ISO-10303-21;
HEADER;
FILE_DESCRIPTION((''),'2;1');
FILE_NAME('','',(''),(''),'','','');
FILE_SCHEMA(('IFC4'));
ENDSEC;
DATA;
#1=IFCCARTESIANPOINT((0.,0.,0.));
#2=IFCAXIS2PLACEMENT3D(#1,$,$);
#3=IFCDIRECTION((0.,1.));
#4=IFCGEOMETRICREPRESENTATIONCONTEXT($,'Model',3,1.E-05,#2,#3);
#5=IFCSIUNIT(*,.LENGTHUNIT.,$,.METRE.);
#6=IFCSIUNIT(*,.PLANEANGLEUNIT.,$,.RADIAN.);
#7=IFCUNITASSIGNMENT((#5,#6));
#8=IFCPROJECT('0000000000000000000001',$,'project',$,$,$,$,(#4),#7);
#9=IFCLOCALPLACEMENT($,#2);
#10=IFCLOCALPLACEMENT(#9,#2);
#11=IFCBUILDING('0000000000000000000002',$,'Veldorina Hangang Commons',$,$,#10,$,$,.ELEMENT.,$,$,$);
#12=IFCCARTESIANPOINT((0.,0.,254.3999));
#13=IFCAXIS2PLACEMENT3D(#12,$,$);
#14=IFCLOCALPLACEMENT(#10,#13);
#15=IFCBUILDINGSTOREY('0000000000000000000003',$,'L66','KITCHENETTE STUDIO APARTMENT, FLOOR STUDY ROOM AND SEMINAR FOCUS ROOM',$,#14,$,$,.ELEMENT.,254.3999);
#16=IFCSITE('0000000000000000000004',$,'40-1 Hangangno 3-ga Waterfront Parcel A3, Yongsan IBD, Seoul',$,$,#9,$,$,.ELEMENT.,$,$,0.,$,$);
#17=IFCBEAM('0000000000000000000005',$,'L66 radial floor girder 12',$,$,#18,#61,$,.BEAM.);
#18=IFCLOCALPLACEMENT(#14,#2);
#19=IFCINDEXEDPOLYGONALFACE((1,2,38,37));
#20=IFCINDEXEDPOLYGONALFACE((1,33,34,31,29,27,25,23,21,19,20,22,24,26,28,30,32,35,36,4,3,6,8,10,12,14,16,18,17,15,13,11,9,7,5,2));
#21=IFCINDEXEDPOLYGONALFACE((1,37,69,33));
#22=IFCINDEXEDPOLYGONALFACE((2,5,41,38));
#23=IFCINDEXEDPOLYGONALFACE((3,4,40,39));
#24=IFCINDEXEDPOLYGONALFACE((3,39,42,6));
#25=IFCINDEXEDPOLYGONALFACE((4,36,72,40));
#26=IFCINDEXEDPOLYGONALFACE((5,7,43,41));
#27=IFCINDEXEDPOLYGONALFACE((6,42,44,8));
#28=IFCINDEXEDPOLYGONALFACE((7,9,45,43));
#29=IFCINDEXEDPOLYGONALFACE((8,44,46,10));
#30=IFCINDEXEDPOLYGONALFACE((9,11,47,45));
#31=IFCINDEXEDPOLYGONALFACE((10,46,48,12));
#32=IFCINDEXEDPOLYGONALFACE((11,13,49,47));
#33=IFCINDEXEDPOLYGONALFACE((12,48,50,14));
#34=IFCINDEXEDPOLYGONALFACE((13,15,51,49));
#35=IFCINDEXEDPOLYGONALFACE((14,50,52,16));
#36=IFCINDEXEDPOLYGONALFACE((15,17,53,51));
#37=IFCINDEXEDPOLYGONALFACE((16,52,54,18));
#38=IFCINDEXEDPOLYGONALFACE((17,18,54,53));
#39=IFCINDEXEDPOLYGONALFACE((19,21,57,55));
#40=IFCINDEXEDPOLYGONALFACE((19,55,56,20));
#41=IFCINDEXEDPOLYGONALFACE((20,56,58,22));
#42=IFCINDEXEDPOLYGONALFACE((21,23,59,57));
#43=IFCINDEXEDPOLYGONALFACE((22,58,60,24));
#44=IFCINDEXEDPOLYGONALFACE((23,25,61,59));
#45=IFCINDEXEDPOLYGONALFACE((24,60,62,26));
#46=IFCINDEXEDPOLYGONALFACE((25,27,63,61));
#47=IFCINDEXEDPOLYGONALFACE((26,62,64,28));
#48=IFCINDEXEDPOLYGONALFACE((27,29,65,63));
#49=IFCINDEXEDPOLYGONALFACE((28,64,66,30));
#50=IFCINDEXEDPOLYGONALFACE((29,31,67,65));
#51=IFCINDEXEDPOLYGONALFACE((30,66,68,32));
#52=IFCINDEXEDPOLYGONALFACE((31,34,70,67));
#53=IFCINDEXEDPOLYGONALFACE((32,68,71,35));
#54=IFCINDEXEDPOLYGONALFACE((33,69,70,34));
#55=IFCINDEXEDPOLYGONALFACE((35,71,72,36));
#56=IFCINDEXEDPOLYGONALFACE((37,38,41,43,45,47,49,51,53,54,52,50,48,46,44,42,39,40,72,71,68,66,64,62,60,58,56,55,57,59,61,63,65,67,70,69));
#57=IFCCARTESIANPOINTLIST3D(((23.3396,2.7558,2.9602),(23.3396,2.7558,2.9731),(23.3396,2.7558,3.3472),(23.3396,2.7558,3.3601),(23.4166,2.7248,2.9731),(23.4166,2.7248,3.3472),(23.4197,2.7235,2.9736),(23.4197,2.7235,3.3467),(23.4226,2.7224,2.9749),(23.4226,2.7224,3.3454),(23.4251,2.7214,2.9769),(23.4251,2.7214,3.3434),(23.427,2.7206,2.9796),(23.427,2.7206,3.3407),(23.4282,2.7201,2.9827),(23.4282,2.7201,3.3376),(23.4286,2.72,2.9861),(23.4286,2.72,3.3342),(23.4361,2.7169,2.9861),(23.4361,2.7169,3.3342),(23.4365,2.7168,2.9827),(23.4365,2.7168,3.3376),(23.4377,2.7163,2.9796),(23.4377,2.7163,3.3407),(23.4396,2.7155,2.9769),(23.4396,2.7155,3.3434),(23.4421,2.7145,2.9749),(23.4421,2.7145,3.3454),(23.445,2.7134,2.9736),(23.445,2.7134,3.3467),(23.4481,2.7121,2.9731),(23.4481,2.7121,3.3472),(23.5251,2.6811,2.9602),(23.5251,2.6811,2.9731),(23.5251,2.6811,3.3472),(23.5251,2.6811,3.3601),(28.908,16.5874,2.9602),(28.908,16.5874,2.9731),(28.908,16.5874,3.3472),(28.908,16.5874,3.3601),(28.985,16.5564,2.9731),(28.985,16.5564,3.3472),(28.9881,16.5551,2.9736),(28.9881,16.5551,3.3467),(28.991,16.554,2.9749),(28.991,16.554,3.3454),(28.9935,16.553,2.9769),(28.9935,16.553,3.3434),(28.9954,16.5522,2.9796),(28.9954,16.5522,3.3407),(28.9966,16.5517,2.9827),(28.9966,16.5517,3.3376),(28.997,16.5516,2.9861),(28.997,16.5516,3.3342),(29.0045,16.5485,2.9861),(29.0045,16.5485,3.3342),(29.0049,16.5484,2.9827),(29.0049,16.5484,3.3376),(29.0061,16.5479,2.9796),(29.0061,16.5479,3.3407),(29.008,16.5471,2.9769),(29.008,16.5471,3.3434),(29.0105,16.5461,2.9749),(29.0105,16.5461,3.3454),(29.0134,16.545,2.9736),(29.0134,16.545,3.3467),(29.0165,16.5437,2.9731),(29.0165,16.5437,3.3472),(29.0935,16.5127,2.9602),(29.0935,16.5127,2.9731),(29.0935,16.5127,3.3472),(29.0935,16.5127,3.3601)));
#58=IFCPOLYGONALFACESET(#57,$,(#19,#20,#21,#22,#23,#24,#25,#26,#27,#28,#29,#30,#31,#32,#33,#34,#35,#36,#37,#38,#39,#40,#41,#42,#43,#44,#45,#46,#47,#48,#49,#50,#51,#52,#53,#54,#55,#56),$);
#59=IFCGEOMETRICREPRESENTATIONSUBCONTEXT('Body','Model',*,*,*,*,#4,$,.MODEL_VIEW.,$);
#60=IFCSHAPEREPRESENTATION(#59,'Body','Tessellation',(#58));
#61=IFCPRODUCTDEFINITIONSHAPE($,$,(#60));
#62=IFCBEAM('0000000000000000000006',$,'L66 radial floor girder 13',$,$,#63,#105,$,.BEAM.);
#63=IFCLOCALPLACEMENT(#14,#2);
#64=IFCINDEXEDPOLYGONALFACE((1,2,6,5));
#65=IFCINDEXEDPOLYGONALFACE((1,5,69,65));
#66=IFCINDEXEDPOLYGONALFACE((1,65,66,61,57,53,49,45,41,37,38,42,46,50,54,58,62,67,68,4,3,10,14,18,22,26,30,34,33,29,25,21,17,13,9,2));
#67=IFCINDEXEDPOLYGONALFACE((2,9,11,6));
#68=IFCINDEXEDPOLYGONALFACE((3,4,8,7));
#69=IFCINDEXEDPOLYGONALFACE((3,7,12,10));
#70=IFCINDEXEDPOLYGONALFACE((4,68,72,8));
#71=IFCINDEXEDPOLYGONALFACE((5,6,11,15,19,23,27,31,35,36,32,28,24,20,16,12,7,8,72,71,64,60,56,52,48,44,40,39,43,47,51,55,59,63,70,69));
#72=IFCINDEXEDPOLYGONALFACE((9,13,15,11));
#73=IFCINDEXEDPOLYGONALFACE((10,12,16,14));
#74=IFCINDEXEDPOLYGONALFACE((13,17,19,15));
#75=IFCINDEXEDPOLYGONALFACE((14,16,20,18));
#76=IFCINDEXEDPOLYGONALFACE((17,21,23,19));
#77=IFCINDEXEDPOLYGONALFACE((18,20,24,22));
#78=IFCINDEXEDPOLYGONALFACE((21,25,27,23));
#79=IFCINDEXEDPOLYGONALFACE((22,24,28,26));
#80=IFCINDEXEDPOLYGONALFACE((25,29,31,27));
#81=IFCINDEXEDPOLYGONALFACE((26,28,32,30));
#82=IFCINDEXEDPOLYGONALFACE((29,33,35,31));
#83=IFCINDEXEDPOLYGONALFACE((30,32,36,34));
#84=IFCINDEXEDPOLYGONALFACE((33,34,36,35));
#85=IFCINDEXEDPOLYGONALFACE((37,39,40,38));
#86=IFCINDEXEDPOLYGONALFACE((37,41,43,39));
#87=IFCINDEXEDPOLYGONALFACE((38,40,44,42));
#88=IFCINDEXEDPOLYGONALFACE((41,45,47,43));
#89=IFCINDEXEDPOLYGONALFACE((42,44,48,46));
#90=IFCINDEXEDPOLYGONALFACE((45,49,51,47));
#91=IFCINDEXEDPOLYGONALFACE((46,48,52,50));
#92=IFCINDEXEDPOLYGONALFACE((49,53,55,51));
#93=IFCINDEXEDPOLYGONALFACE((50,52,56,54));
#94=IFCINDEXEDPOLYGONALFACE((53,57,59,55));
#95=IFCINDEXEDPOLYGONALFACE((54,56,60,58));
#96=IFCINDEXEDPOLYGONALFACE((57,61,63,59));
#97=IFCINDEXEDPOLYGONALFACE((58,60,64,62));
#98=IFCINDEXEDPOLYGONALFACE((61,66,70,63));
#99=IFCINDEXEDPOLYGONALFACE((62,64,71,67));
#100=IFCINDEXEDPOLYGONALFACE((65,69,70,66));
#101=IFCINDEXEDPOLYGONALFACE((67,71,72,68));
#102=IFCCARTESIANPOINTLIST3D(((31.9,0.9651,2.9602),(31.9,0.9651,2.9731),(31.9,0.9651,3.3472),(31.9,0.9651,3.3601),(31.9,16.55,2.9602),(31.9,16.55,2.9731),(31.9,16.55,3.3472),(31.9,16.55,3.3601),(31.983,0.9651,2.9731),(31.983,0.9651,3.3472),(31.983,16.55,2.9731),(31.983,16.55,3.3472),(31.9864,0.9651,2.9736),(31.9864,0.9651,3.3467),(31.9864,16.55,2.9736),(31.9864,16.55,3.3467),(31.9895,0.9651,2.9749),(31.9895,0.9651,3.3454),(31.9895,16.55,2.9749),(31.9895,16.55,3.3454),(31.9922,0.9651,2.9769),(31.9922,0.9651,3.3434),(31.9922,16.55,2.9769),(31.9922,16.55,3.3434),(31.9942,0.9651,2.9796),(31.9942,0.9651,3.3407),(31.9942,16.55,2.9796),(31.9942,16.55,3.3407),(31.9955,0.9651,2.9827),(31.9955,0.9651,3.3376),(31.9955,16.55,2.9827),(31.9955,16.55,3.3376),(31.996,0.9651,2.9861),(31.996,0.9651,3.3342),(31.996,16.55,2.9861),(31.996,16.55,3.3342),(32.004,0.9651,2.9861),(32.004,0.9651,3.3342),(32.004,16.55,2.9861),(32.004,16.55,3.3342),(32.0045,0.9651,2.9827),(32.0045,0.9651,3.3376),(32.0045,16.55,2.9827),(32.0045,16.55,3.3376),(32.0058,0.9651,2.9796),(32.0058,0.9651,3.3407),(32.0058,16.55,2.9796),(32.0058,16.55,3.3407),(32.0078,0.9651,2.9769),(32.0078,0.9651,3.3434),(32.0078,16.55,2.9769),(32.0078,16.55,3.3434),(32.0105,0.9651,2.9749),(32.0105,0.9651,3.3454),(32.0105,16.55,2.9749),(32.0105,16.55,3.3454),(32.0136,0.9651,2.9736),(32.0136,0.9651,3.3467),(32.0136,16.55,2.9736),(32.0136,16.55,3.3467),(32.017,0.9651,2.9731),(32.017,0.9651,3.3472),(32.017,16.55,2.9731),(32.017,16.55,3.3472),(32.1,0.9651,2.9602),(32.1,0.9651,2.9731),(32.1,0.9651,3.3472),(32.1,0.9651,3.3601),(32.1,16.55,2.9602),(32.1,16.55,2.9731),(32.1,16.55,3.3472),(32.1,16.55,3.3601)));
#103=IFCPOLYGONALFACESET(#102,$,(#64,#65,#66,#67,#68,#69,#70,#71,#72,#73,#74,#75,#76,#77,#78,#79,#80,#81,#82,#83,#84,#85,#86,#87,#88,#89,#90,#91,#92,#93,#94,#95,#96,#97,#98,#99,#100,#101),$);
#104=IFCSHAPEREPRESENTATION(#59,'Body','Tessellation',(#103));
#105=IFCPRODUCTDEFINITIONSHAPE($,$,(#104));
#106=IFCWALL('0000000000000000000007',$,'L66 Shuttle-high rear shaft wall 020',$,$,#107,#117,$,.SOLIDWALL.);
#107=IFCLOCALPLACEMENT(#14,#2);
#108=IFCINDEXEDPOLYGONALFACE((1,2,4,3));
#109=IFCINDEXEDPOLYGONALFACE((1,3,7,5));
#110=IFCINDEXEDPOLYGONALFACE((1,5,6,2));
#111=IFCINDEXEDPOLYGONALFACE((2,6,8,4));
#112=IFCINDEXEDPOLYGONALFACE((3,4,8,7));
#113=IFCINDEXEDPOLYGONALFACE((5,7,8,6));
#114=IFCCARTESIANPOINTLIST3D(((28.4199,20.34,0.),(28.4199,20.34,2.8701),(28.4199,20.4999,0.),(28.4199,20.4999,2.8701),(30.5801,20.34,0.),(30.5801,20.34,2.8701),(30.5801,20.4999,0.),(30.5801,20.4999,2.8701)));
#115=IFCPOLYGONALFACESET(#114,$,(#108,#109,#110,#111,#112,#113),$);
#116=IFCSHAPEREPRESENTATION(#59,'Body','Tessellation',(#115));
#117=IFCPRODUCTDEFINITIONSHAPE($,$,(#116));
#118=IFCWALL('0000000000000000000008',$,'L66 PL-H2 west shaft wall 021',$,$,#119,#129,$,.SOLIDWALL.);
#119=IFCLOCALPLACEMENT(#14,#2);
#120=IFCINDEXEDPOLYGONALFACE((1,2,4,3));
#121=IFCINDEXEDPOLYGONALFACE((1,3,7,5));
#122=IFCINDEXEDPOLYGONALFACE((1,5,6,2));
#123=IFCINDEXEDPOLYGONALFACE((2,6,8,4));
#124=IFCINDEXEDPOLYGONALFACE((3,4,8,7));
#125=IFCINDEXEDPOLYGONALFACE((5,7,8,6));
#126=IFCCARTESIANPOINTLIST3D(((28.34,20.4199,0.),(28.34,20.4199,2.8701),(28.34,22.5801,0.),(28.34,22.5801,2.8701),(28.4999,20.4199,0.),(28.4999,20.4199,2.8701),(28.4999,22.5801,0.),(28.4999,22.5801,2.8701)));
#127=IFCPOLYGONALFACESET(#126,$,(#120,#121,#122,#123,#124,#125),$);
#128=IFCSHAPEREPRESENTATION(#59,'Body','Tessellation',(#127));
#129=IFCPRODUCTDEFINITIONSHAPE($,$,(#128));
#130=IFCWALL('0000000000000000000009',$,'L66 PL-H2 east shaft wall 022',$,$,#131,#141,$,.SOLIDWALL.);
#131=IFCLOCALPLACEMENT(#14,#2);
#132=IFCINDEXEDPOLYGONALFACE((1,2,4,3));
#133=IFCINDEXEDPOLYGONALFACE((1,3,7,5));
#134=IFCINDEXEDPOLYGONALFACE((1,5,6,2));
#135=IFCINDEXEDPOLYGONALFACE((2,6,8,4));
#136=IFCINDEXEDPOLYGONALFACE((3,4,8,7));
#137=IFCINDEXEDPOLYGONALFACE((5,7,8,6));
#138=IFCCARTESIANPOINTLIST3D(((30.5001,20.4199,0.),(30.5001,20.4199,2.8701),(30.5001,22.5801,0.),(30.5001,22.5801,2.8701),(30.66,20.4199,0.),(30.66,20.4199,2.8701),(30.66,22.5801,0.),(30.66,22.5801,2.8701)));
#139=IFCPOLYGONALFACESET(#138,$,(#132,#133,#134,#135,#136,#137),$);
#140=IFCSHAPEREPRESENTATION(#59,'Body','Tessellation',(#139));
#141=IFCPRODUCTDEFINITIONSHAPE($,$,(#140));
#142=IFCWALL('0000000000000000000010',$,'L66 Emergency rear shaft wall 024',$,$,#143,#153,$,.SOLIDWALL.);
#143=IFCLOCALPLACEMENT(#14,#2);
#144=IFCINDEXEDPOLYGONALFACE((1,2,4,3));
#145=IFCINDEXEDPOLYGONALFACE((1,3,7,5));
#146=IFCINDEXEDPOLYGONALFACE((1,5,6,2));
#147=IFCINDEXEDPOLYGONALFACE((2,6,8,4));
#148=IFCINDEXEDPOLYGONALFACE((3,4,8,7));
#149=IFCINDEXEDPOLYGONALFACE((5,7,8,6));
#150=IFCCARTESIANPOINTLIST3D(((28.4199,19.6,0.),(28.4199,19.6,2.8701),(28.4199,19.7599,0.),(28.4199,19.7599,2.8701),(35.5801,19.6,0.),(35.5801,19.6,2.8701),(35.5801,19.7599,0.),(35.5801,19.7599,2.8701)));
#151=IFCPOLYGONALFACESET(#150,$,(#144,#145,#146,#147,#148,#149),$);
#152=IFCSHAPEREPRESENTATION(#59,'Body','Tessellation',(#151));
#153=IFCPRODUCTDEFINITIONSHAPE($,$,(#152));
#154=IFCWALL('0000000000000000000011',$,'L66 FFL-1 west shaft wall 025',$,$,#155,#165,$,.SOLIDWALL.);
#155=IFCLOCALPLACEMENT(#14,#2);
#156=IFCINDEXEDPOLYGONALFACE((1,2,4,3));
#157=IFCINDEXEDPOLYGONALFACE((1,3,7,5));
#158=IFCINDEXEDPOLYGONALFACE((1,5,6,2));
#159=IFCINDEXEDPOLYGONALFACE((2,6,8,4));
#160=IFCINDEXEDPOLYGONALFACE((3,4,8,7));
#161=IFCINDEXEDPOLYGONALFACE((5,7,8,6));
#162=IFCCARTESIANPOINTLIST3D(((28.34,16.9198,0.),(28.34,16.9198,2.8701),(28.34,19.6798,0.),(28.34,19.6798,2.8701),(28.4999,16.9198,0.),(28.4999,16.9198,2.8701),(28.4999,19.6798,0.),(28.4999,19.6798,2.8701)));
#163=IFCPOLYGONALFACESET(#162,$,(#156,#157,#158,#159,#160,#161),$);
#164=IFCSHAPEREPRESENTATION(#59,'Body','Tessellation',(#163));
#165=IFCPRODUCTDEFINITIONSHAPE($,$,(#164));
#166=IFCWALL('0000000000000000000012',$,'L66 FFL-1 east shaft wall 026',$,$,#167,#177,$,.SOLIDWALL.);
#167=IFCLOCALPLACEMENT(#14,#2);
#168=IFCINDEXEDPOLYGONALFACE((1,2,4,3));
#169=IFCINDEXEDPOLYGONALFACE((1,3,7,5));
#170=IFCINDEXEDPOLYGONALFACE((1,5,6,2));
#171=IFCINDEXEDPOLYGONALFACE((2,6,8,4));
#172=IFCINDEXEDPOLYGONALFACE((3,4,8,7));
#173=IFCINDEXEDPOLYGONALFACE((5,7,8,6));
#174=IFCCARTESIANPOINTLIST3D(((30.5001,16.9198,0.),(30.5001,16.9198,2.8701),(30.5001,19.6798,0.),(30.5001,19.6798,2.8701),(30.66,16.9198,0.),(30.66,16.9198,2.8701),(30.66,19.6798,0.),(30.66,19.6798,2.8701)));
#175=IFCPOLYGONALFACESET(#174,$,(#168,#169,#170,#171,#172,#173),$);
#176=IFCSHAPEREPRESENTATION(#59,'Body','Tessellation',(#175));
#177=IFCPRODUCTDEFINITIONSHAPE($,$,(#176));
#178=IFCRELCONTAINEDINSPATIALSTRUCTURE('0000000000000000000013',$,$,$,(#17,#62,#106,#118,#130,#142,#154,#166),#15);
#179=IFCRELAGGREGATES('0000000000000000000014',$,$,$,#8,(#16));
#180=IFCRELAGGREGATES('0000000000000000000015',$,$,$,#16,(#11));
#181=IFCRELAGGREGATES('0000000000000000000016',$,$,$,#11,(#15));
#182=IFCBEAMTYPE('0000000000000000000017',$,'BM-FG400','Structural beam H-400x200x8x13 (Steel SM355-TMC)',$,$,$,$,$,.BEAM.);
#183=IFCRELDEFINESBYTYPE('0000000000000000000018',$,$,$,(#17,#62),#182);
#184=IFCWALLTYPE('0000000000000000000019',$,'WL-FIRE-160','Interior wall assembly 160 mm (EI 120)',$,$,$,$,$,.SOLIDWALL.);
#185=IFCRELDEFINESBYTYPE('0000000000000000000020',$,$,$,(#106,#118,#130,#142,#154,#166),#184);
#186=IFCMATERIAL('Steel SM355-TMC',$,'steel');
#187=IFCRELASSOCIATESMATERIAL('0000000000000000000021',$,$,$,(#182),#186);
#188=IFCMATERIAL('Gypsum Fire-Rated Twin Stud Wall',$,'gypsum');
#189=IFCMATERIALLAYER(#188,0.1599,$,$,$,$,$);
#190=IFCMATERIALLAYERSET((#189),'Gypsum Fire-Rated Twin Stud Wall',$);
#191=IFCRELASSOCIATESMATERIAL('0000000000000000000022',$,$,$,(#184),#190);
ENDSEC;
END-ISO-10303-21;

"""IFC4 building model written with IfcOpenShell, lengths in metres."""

from ifc_helpers import new_model, si_unit, direction, frame, frame_2d, origin, origin_2d, place, context, subcontext, project, spatial, rectangle, i_section, extrude, material, layer, layer_set, material_profile, profile_set, type_object, element, save


model = new_model("IFC4")

# Units and contexts
model_context = context("Model", 3, precision=1e-05, world=origin(), true_north=direction((0.0, 1.0)))
body_context = subcontext(model_context, "Body", "Model", "MODEL_VIEW")
ifc_project = project(units=[si_unit("LENGTHUNIT", "METRE"), si_unit("PLANEANGLEUNIT", "RADIAN")], contexts=[model_context])

# Site, building, storey
site_placement = place(None, origin())
site = spatial("IfcSite", under=ifc_project, at=site_placement, Name="40-1 Hangangno 3-ga Waterfront Parcel A3, Yongsan IBD, Seoul", CompositionType="ELEMENT", RefElevation=0.0)
building_placement = place(site_placement, origin())
building = spatial("IfcBuilding", under=site, at=building_placement, Name="Veldorina Hangang Commons", CompositionType="ELEMENT")
storey_placement = place(building_placement, frame((0.0, 0.0, 254.3999)))
storey = spatial("IfcBuildingStorey", under=building, at=storey_placement, Name="L66", Description="KITCHENETTE STUDIO APARTMENT, FLOOR STUDY ROOM AND SEMINAR FOCUS ROOM", CompositionType="ELEMENT", Elevation=254.3999)

# Beams
ifc_material_1 = material(Name="Steel SM355-TMC", Category="steel")
ifc_material_profile = material_profile(ifc_material_1, i_section(OverallWidth=0.2, OverallDepth=0.3999, WebThickness=0.0081, FlangeThickness=0.0129, FilletRadius=0.0129, at=origin_2d()), Name="H-400x200x8x13")
ifc_profile_set = profile_set([ifc_material_profile], Name="Steel SM355-TMC")
beam_type = type_object("IfcBeamType", Name="BM-FG400", Description="Structural beam H-400x200x8x13 (Steel SM355-TMC)", PredefinedType="BEAM", material=ifc_profile_set)
beam_1_placement = place(storey_placement, frame((29.0007, 16.55, 3.1602), z_axis=(-0.373456, -0.927648, 0.0), x_axis=(0.927648, -0.373456, 0.0)))
element("IfcBeam", 1, at=beam_1_placement, inside=storey, type_object=beam_type, Name="L66 radial floor girder 12", PredefinedType="BEAM", context=body_context, shape_type="SweptSolid", body=[
    extrude(i_section(OverallWidth=0.2, OverallDepth=0.3999, WebThickness=0.0081, FlangeThickness=0.0129, FilletRadius=0.0129, at=origin_2d()), origin(), (0.0, 0.0, 1.0), 14.9104),
])
beam_2_placement = place(storey_placement, frame((32.0, 16.55, 3.1602), z_axis=(0.0, -1.0, 0.0), x_axis=(1.0, 0.0, 0.0)))
element("IfcBeam", 2, at=beam_2_placement, inside=storey, type_object=beam_type, Name="L66 radial floor girder 13", PredefinedType="BEAM", context=body_context, shape_type="SweptSolid", body=[
    extrude(i_section(OverallWidth=0.2, OverallDepth=0.3999, WebThickness=0.0081, FlangeThickness=0.0129, FilletRadius=0.0129, at=origin_2d()), origin(), (0.0, 0.0, 1.0), 15.585),
])

# Shared definitions
ifc_material_2 = material(Name="Gypsum Fire-Rated Twin Stud Wall", Category="gypsum")
ifc_layer_1 = layer(ifc_material_2, 0.1599)
ifc_layer_set_1 = layer_set([ifc_layer_1], Name="Gypsum Fire-Rated Twin Stud Wall")
wall_type_1 = type_object("IfcWallType", Name="WL-FIRE-160", Description="Interior wall assembly 160 mm (EI 120)", PredefinedType="SOLIDWALL", material=ifc_layer_set_1)

# Walls
for number, where, z_axis, x_axis, name in (
    (3, (28.4199, 20.4199, 0.0), (0.0, 0.0, 1.0), (1.0, 0.0, 0.0), "L66 Shuttle-high rear shaft wall 020"),
    (4, (28.4199, 20.4199, 0.0), (0.0, 0.0, 1.0), (0.0, 1.0, 0.0), "L66 PL-H2 west shaft wall 021"),
    (5, (30.5801, 20.4199, 0.0), (0.0, 0.0, 1.0), (0.0, 1.0, 0.0), "L66 PL-H2 east shaft wall 022"),
):
    element("IfcWall", number, at=place(storey_placement, frame(where, z_axis=z_axis, x_axis=x_axis)), inside=storey, type_object=wall_type_1, Name=name, PredefinedType="SOLIDWALL", context=body_context, shape_type="SweptSolid", body=[
        extrude(rectangle(XDim=2.1602, YDim=0.1599, at=frame_2d((1.0801, 0.0))), origin(), (0.0, 0.0, 1.0), 2.8701),
    ])

# Walls
wall_1_placement = place(storey_placement, frame((28.4199, 19.6799, 0.0), z_axis=(0.0, 0.0, 1.0), x_axis=(1.0, 0.0, 0.0)))
element("IfcWall", 6, at=wall_1_placement, inside=storey, type_object=wall_type_1, Name="L66 Emergency rear shaft wall 024", PredefinedType="SOLIDWALL", context=body_context, shape_type="SweptSolid", body=[
    extrude(rectangle(XDim=7.1602, YDim=0.1599, at=frame_2d((3.5801, 0.0))), origin(), (0.0, 0.0, 1.0), 2.8701),
])
for number, where, z_axis, x_axis, name in (
    (7, (28.4199, 16.9199, 0.0), (0.0, 0.0, 1.0), (0.0, 1.0, 0.0), "L66 FFL-1 west shaft wall 025"),
    (8, (30.5801, 16.9199, 0.0), (0.0, 0.0, 1.0), (0.0, 1.0, 0.0), "L66 FFL-1 east shaft wall 026"),
):
    element("IfcWall", number, at=place(storey_placement, frame(where, z_axis=z_axis, x_axis=x_axis)), inside=storey, type_object=wall_type_1, Name=name, PredefinedType="SOLIDWALL", context=body_context, shape_type="SweptSolid", body=[
        extrude(rectangle(XDim=2.76, YDim=0.1599, at=frame_2d((1.3799, 0.0))), origin(), (0.0, 0.0, 1.0), 2.8701),
    ])

save(model, "model.ifc")
